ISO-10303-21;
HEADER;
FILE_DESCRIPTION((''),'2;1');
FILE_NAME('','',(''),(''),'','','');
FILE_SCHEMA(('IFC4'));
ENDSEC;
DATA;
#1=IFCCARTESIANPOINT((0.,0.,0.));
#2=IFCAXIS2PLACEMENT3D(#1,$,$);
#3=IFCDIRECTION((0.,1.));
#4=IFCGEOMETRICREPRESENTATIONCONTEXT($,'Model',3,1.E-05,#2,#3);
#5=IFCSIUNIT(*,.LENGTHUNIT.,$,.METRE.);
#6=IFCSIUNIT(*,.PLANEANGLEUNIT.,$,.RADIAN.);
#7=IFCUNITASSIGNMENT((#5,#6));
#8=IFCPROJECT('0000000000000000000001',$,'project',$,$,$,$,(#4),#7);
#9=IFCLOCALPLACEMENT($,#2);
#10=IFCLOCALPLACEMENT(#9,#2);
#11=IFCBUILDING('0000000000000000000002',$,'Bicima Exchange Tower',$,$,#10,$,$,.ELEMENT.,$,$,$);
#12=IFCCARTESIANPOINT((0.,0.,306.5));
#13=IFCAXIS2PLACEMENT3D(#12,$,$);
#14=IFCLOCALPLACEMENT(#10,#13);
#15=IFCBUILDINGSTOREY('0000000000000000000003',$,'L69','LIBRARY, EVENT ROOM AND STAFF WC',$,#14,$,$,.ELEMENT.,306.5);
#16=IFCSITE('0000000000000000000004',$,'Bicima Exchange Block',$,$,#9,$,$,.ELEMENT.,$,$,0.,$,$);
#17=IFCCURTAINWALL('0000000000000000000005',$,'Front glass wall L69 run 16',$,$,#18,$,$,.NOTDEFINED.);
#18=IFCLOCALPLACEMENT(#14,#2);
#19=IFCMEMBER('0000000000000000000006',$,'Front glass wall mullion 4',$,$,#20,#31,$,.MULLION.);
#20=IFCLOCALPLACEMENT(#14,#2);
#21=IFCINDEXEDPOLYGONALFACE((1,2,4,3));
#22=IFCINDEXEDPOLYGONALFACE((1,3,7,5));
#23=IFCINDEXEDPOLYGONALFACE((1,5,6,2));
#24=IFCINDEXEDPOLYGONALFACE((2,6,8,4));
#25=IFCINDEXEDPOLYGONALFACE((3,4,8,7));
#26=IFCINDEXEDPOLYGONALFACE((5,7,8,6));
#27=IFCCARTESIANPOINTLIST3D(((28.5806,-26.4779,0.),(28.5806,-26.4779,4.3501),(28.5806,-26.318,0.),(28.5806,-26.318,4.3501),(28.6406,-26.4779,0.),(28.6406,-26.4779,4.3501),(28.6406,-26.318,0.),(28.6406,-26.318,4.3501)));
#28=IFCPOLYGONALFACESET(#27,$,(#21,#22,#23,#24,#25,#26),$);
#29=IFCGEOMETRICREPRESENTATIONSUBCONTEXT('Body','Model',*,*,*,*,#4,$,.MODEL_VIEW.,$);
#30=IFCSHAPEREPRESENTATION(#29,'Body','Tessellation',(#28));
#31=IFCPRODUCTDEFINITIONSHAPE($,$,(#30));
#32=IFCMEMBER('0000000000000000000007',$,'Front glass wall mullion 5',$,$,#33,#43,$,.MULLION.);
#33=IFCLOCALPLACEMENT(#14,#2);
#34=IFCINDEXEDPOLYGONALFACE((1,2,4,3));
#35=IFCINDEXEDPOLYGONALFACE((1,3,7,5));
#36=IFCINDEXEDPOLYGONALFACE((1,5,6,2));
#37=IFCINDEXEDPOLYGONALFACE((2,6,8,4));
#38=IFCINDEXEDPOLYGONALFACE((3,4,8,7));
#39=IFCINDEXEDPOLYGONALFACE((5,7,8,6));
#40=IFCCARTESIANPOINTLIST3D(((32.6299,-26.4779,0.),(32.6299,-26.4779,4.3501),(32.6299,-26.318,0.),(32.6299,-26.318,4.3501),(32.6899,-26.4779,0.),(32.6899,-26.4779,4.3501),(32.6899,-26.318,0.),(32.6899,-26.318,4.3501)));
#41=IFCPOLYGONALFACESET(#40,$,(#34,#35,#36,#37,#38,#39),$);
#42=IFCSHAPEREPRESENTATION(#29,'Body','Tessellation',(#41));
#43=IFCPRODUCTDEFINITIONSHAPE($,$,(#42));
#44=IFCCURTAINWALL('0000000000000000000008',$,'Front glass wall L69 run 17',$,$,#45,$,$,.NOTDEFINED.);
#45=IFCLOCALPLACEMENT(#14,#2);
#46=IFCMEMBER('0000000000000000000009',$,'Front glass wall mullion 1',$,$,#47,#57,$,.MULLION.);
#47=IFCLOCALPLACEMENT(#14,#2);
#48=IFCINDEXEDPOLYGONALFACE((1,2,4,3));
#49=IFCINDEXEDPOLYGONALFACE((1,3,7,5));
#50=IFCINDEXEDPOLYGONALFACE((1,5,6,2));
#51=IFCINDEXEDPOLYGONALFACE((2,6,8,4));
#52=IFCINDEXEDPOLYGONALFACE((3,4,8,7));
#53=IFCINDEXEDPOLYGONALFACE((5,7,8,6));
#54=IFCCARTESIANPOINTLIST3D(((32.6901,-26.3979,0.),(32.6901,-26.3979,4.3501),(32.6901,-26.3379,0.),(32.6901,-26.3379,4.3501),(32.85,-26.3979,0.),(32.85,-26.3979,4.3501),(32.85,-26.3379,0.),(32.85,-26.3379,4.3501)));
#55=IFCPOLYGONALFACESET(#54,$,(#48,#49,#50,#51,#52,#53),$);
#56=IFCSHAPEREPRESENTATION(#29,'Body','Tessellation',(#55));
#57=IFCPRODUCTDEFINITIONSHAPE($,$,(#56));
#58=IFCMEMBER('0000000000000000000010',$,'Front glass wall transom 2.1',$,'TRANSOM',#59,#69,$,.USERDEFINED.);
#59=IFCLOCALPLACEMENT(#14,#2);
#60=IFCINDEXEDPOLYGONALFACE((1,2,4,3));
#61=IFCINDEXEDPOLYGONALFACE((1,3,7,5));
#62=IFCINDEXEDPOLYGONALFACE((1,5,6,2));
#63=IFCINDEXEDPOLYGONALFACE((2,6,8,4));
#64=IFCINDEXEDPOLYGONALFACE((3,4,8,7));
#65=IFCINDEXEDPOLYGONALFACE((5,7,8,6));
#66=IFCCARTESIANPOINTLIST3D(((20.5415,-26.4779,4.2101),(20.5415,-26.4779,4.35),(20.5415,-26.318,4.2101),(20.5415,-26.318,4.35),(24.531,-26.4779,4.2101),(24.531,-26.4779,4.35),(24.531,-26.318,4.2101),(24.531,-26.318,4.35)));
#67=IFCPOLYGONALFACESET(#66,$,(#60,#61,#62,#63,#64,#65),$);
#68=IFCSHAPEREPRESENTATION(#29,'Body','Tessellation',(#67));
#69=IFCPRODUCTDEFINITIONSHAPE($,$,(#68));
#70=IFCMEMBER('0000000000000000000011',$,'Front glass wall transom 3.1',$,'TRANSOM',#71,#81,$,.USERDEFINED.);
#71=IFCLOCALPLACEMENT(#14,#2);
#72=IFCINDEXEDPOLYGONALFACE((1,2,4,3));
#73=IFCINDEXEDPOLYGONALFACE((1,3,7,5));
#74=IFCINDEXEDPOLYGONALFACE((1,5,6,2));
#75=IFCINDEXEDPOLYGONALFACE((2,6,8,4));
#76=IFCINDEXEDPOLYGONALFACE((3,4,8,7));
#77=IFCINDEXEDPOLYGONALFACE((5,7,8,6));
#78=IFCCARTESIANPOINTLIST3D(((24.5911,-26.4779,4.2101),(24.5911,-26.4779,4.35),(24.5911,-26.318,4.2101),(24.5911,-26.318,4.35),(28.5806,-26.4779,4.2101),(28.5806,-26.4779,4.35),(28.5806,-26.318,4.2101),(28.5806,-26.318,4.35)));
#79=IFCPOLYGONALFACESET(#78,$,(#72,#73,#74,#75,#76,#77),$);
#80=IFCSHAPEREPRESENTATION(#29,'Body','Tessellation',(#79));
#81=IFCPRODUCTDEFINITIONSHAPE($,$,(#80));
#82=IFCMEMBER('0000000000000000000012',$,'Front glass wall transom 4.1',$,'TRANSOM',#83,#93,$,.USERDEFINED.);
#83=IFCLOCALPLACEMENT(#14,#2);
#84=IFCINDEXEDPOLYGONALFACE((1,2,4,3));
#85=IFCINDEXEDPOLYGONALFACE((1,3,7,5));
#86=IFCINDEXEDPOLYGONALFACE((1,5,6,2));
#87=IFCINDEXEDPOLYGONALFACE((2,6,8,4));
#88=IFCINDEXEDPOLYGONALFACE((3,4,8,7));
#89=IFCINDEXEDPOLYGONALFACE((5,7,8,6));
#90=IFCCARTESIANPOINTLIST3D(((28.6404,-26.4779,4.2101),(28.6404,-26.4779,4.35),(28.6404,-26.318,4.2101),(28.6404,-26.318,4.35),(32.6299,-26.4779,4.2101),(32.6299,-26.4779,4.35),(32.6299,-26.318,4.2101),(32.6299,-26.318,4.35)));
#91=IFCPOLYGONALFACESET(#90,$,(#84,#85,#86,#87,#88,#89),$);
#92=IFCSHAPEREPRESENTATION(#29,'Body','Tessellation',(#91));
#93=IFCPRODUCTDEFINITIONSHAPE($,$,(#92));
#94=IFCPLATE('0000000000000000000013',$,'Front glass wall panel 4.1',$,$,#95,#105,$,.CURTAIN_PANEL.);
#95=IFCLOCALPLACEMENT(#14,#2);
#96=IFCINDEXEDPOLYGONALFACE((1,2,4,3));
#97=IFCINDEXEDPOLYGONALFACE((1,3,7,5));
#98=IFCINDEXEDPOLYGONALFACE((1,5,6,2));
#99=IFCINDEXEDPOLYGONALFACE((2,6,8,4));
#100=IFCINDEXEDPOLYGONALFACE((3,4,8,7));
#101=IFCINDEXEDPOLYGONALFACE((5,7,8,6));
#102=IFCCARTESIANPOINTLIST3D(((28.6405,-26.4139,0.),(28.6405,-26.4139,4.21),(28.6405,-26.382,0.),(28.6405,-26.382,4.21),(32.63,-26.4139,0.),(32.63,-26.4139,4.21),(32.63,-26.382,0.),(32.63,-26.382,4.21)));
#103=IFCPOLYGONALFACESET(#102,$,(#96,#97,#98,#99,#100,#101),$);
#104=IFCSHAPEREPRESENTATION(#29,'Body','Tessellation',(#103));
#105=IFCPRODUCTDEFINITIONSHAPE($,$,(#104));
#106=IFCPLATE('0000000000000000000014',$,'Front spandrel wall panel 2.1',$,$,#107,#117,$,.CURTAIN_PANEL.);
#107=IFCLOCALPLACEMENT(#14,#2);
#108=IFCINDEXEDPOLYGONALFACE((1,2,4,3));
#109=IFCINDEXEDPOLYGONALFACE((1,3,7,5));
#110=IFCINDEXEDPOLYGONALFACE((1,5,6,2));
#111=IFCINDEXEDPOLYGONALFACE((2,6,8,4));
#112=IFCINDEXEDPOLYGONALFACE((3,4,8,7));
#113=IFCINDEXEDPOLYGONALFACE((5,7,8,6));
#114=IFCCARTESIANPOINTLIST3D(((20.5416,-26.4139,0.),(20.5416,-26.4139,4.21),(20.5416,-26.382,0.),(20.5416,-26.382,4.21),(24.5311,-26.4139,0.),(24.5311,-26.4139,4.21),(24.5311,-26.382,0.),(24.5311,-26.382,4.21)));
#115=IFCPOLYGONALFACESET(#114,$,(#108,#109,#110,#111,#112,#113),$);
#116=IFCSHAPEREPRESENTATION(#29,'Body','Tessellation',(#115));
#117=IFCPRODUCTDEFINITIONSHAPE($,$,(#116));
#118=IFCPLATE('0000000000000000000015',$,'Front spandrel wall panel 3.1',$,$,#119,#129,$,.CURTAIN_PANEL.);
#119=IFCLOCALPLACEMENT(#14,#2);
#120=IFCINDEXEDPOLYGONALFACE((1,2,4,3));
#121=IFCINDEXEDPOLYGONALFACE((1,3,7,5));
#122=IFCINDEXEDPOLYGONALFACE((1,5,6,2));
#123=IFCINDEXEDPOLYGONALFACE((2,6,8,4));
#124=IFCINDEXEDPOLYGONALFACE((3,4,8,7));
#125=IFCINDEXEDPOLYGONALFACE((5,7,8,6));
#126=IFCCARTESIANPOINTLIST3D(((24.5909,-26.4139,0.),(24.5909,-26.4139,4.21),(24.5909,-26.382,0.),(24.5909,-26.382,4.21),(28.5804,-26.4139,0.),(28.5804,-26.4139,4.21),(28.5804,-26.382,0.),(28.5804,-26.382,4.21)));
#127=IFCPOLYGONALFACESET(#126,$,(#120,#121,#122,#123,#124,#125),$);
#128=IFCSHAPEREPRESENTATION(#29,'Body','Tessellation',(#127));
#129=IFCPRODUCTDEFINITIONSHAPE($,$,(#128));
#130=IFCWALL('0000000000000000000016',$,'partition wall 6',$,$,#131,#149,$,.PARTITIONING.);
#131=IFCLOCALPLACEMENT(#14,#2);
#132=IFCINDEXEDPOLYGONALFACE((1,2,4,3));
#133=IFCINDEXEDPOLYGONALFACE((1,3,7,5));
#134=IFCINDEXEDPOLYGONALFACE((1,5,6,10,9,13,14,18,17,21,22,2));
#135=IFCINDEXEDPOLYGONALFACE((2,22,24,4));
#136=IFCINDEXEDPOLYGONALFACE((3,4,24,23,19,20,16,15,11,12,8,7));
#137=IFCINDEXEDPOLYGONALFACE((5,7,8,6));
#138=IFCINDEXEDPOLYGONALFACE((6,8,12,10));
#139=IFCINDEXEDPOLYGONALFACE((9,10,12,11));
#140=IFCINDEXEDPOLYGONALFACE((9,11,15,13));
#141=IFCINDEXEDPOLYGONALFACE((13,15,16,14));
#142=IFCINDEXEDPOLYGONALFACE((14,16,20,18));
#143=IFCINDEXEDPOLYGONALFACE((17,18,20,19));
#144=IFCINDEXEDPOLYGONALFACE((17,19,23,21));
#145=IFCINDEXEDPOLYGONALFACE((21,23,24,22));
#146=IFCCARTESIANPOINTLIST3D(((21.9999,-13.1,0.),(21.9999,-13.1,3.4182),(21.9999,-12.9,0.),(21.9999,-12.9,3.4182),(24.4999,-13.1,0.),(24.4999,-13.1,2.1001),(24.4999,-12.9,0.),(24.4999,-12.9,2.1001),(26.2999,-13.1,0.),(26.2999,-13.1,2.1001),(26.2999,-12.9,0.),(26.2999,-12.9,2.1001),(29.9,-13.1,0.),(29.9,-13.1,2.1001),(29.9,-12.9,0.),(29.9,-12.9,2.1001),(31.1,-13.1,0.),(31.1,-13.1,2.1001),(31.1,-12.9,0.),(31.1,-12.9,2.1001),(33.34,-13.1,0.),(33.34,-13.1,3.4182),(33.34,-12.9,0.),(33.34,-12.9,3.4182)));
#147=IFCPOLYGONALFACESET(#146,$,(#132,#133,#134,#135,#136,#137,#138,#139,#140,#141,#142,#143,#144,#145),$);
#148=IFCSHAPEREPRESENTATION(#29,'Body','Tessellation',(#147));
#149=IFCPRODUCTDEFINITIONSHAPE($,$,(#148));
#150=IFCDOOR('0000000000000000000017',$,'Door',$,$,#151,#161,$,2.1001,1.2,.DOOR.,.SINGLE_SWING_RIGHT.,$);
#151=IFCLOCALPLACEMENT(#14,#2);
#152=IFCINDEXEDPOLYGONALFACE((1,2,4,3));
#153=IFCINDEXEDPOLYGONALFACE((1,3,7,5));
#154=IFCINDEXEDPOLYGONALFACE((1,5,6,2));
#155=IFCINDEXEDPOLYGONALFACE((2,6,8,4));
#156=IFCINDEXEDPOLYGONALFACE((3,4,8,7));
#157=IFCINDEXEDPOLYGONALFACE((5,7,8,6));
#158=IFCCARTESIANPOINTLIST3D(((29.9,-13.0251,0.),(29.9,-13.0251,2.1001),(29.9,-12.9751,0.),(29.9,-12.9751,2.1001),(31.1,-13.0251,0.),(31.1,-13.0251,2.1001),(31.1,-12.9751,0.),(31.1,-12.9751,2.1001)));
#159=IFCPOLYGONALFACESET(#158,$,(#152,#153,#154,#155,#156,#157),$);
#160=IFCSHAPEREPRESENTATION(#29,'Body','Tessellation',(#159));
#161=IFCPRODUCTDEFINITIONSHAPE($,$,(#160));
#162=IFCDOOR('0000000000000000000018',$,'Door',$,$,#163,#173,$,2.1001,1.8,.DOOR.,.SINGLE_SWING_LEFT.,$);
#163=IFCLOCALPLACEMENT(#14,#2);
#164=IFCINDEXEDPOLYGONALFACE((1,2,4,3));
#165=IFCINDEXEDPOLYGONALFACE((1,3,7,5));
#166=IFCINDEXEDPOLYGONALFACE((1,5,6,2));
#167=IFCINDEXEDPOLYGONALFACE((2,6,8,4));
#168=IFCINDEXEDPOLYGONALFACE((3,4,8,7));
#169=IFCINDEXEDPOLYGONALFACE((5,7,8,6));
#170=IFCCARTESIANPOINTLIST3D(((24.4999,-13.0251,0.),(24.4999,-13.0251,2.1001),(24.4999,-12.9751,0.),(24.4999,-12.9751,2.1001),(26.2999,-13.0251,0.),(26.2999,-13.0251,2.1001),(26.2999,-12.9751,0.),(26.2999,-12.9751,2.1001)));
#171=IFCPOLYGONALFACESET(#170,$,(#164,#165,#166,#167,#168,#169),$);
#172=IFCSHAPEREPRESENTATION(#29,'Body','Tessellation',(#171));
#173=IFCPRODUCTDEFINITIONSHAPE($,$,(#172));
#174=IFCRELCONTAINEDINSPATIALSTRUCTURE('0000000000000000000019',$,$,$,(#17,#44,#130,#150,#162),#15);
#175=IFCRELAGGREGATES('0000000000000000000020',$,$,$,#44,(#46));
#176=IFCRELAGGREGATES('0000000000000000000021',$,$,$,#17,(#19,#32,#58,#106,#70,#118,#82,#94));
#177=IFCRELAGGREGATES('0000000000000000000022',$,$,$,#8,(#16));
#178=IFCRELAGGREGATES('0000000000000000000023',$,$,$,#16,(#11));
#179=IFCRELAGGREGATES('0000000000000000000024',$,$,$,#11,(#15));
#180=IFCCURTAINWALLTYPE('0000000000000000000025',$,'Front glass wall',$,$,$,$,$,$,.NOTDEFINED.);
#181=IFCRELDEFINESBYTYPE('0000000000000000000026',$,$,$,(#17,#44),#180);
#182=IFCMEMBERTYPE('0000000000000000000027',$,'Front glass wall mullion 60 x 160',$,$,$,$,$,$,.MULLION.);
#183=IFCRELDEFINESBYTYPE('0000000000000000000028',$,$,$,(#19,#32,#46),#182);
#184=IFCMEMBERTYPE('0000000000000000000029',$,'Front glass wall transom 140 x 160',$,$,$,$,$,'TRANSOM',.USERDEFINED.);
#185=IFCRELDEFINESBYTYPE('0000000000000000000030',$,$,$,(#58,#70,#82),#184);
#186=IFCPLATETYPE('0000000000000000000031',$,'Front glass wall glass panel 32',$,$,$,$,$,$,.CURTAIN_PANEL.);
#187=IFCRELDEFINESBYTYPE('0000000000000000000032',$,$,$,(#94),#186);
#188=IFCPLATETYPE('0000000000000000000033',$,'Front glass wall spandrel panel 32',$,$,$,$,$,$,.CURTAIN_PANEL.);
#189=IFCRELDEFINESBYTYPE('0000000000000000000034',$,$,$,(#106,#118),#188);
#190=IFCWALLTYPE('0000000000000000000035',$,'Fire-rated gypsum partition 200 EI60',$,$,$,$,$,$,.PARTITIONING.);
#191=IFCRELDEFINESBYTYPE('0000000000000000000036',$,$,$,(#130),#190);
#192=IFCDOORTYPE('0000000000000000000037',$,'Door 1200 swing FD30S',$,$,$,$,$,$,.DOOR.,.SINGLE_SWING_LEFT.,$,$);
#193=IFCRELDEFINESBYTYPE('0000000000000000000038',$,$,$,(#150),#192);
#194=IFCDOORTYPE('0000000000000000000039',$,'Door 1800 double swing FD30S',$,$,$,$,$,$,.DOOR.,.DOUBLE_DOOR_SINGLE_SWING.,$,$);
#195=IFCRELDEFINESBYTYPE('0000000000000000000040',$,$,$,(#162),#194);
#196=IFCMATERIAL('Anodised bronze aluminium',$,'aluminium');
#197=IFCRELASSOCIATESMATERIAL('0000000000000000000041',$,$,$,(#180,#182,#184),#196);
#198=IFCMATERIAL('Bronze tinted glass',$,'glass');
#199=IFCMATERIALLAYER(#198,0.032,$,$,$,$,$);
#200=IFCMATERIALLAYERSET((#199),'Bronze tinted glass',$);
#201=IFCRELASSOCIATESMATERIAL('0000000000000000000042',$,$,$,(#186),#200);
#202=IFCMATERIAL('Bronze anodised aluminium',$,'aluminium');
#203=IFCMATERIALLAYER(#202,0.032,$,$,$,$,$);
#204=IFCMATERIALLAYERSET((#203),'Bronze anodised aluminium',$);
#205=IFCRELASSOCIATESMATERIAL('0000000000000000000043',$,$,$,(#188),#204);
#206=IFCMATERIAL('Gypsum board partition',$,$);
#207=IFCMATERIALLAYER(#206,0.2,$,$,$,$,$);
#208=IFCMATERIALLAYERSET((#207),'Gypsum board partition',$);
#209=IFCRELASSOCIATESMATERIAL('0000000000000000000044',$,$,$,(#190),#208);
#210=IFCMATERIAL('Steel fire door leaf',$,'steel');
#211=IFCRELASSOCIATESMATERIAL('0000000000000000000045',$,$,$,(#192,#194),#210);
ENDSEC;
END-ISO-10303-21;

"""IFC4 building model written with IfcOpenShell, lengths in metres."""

from ifc_helpers import new_model, si_unit, direction, frame, frame_2d, origin, origin_2d, place, context, subcontext, project, spatial, rectangle, extrude, material, layer, layer_set, material_profile, profile_set, type_object, element, fill, aggregate, save


model = new_model("IFC4")

# Units and contexts
model_context = context("Model", 3, precision=1e-05, world=origin(), true_north=direction((0.0, 1.0)))
body_context = subcontext(model_context, "Body", "Model", "MODEL_VIEW")
ifc_project = project(units=[si_unit("LENGTHUNIT", "METRE"), si_unit("PLANEANGLEUNIT", "RADIAN")], contexts=[model_context])

# Site, building, storey
site_placement = place(None, origin())
site = spatial("IfcSite", under=ifc_project, at=site_placement, Name="Bicima Exchange Block", CompositionType="ELEMENT", RefElevation=0.0)
building_placement = place(site_placement, origin())
building = spatial("IfcBuilding", under=site, at=building_placement, Name="Bicima Exchange Tower", CompositionType="ELEMENT")
storey_placement = place(building_placement, frame((0.0, 0.0, 306.5)))
storey = spatial("IfcBuildingStorey", under=building, at=storey_placement, Name="L69", Description="LIBRARY, EVENT ROOM AND STAFF WC", CompositionType="ELEMENT", Elevation=306.5)

# Curtain wall, members
ifc_material_1 = material(Name="Anodised bronze aluminium", Category="aluminium")
curtain_wall_type = type_object("IfcCurtainWallType", Name="Front glass wall", PredefinedType="NOTDEFINED", material=ifc_material_1)
curtain_wall_1_placement = place(storey_placement, origin())
curtain_wall_1 = element("IfcCurtainWall", 1, at=curtain_wall_1_placement, inside=storey, type_object=curtain_wall_type, Name="Front glass wall L69 run 16", PredefinedType="NOTDEFINED")
ifc_material_profile_1 = material_profile(ifc_material_1, rectangle(XDim=0.1599, YDim=0.0601, at=origin_2d()))
ifc_profile_set_1 = profile_set([ifc_material_profile_1], Name="Anodised bronze aluminium")
member_type_1 = type_object("IfcMemberType", Name="Front glass wall mullion 60 x 160", PredefinedType="MULLION", material=ifc_profile_set_1)
member_1_placement = place(storey_placement, frame((28.6106, -26.3979, 0.0), z_axis=(0.0, 0.0, 1.0), x_axis=(0.0, 1.0, 0.0)))
member_1 = element("IfcMember", 2, at=member_1_placement, type_object=member_type_1, Name="Front glass wall mullion 4", PredefinedType="MULLION", context=body_context, shape_type="SweptSolid", body=[
    extrude(rectangle(XDim=0.1599, YDim=0.0601, at=origin_2d()), origin(), (0.0, 0.0, 1.0), 4.3501),
])
member_2_placement = place(storey_placement, frame((32.6599, -26.3979, 0.0), z_axis=(0.0, 0.0, 1.0), x_axis=(0.0, 1.0, 0.0)))
member_2 = element("IfcMember", 3, at=member_2_placement, type_object=member_type_1, Name="Front glass wall mullion 5", PredefinedType="MULLION", context=body_context, shape_type="SweptSolid", body=[
    extrude(rectangle(XDim=0.1599, YDim=0.0601, at=origin_2d()), origin(), (0.0, 0.0, 1.0), 4.3501),
])

# Curtain wall, member
curtain_wall_2_placement = place(storey_placement, origin())
curtain_wall_2 = element("IfcCurtainWall", 4, at=curtain_wall_2_placement, inside=storey, type_object=curtain_wall_type, Name="Front glass wall L69 run 17", PredefinedType="NOTDEFINED")
member_3_placement = place(storey_placement, frame((32.77, -26.3679, 0.0), z_axis=(0.0, 0.0, 1.0), x_axis=(-1.0, 0.0, 0.0)))
member_3 = element("IfcMember", 5, at=member_3_placement, type_object=member_type_1, Name="Front glass wall mullion 1", PredefinedType="MULLION", context=body_context, shape_type="SweptSolid", body=[
    extrude(rectangle(XDim=0.1599, YDim=0.0601, at=origin_2d()), origin(), (0.0, 0.0, 1.0), 4.3501),
])
aggregate(curtain_wall_2, [member_3])

# Members
ifc_material_profile_2 = material_profile(ifc_material_1, rectangle(XDim=0.1599, YDim=0.1399, at=origin_2d()))
ifc_profile_set_2 = profile_set([ifc_material_profile_2], Name="Anodised bronze aluminium")
member_type_2 = type_object("IfcMemberType", Name="Front glass wall transom 140 x 160", ElementType="TRANSOM", PredefinedType="USERDEFINED", material=ifc_profile_set_2)
member_4_placement = place(storey_placement, frame((20.5415, -26.3979, 4.28), z_axis=(1.0, 0.0, 0.0), x_axis=(0.0, 1.0, 0.0)))
member_4 = element("IfcMember", 6, at=member_4_placement, type_object=member_type_2, Name="Front glass wall transom 2.1", ObjectType="TRANSOM", PredefinedType="USERDEFINED", context=body_context, shape_type="SweptSolid", body=[
    extrude(rectangle(XDim=0.1599, YDim=0.1399, at=origin_2d()), origin(), (0.0, 0.0, 1.0), 3.9895),
])
member_5_placement = place(storey_placement, frame((24.5911, -26.3979, 4.28), z_axis=(1.0, 0.0, 0.0), x_axis=(0.0, 1.0, 0.0)))
member_5 = element("IfcMember", 7, at=member_5_placement, type_object=member_type_2, Name="Front glass wall transom 3.1", ObjectType="TRANSOM", PredefinedType="USERDEFINED", context=body_context, shape_type="SweptSolid", body=[
    extrude(rectangle(XDim=0.1599, YDim=0.1399, at=origin_2d()), origin(), (0.0, 0.0, 1.0), 3.9895),
])
member_6_placement = place(storey_placement, frame((28.6404, -26.3979, 4.28), z_axis=(1.0, 0.0, 0.0), x_axis=(0.0, 1.0, 0.0)))
member_6 = element("IfcMember", 8, at=member_6_placement, type_object=member_type_2, Name="Front glass wall transom 4.1", ObjectType="TRANSOM", PredefinedType="USERDEFINED", context=body_context, shape_type="SweptSolid", body=[
    extrude(rectangle(XDim=0.1599, YDim=0.1399, at=origin_2d()), origin(), (0.0, 0.0, 1.0), 3.9895),
])

# Plates
ifc_material_2 = material(Name="Bronze tinted glass", Category="glass")
ifc_layer_1 = layer(ifc_material_2, 0.032)
ifc_layer_set_1 = layer_set([ifc_layer_1], Name="Bronze tinted glass")
plate_type_1 = type_object("IfcPlateType", Name="Front glass wall glass panel 32", PredefinedType="CURTAIN_PANEL", material=ifc_layer_set_1)
plate_1_placement = place(storey_placement, frame((30.6353, -26.3979, 0.0), z_axis=(0.0, 0.0, 1.0), x_axis=(1.0, 0.0, 0.0)))
plate_1 = element("IfcPlate", 9, at=plate_1_placement, type_object=plate_type_1, Name="Front glass wall panel 4.1", PredefinedType="CURTAIN_PANEL", context=body_context, shape_type="SweptSolid", body=[
    extrude(rectangle(XDim=3.9895, YDim=0.032, at=origin_2d()), origin(), (0.0, 0.0, 1.0), 4.21),
])
ifc_material_3 = material(Name="Bronze anodised aluminium", Category="aluminium")
ifc_layer_2 = layer(ifc_material_3, 0.032)
ifc_layer_set_2 = layer_set([ifc_layer_2], Name="Bronze anodised aluminium")
plate_type_2 = type_object("IfcPlateType", Name="Front glass wall spandrel panel 32", PredefinedType="CURTAIN_PANEL", material=ifc_layer_set_2)
plate_2_placement = place(storey_placement, frame((22.5364, -26.3979, 0.0), z_axis=(0.0, 0.0, 1.0), x_axis=(1.0, 0.0, 0.0)))
plate_2 = element("IfcPlate", 10, at=plate_2_placement, type_object=plate_type_2, Name="Front spandrel wall panel 2.1", PredefinedType="CURTAIN_PANEL", context=body_context, shape_type="SweptSolid", body=[
    extrude(rectangle(XDim=3.9895, YDim=0.032, at=origin_2d()), origin(), (0.0, 0.0, 1.0), 4.21),
])
plate_3_placement = place(storey_placement, frame((26.5857, -26.3979, 0.0), z_axis=(0.0, 0.0, 1.0), x_axis=(1.0, 0.0, 0.0)))
plate_3 = element("IfcPlate", 11, at=plate_3_placement, type_object=plate_type_2, Name="Front spandrel wall panel 3.1", PredefinedType="CURTAIN_PANEL", context=body_context, shape_type="SweptSolid", body=[
    extrude(rectangle(XDim=3.9895, YDim=0.032, at=origin_2d()), origin(), (0.0, 0.0, 1.0), 4.21),
])
aggregate(curtain_wall_1, [member_1, member_2, member_4, plate_2, member_5, plate_3, member_6, plate_1])

# Wall, openings, doors
ifc_material_4 = material(Name="Gypsum board partition")
ifc_layer_3 = layer(ifc_material_4, 0.2)
ifc_layer_set_3 = layer_set([ifc_layer_3], Name="Gypsum board partition")
wall_type_1 = type_object("IfcWallType", Name="Fire-rated gypsum partition 200 EI60", PredefinedType="PARTITIONING", material=ifc_layer_set_3)
wall_1_placement = place(storey_placement, frame((22.0, -13.0, 0.0), z_axis=(0.0, 0.0, 1.0), x_axis=(1.0, 0.0, 0.0)))
wall_1 = element("IfcWall", 12, at=wall_1_placement, inside=storey, type_object=wall_type_1, Name="partition wall 6", PredefinedType="PARTITIONING", context=body_context, shape_type="SweptSolid", body=[
    extrude(rectangle(XDim=11.3401, YDim=0.2, at=frame_2d((5.6699, 0.0))), origin(), (0.0, 0.0, 1.0), 3.4182),
])
opening_1_placement = place(wall_1_placement, frame((7.8999, 0.0, 0.0)))
opening_1 = element("IfcOpeningElement", 13, at=opening_1_placement, cuts=wall_1, PredefinedType="OPENING", context=body_context, shape_type="SweptSolid", body=[
    extrude(rectangle(XDim=1.2, YDim=2.1001, at=frame_2d((0.6001, 1.05))), frame((0.0, 0.1118, 0.0), z_axis=(0.0, -1.0, 0.0), x_axis=(1.0, 0.0, 0.0)), (0.0, 0.0, 1.0), 0.2239),
])
opening_2_placement = place(wall_1_placement, frame((2.5, 0.0, 0.0)))
opening_2 = element("IfcOpeningElement", 14, at=opening_2_placement, cuts=wall_1, PredefinedType="OPENING", context=body_context, shape_type="SweptSolid", body=[
    extrude(rectangle(XDim=1.8, YDim=2.1001, at=frame_2d((0.8999, 1.05))), frame((0.0, 0.1118, 0.0), z_axis=(0.0, -1.0, 0.0), x_axis=(1.0, 0.0, 0.0)), (0.0, 0.0, 1.0), 0.2239),
])
ifc_material_5 = material(Name="Steel fire door leaf", Category="steel")
door_type_1 = type_object("IfcDoorType", Name="Door 1200 swing FD30S", OperationType="SINGLE_SWING_LEFT", PredefinedType="DOOR", material=ifc_material_5)
door_1_placement = place(opening_1_placement, origin())
door_1 = element("IfcDoor", 15, at=door_1_placement, inside=storey, type_object=door_type_1, Name="Door", OperationType="SINGLE_SWING_RIGHT", OverallHeight=2.1001, OverallWidth=1.2, PredefinedType="DOOR", context=body_context, shape_type="SweptSolid", body=[
    extrude(rectangle(XDim=1.2, YDim=2.1001, at=frame_2d((0.6001, 1.05))), frame((0.0, 0.0249, 0.0), z_axis=(0.0, -1.0, 0.0), x_axis=(1.0, 0.0, 0.0)), (0.0, 0.0, 1.0), 0.05),
])
fill(opening_1, door_1)
door_type_2 = type_object("IfcDoorType", Name="Door 1800 double swing FD30S", OperationType="DOUBLE_DOOR_SINGLE_SWING", PredefinedType="DOOR", material=ifc_material_5)
door_2_placement = place(opening_2_placement, origin())
door_2 = element("IfcDoor", 16, at=door_2_placement, inside=storey, type_object=door_type_2, Name="Door", OperationType="SINGLE_SWING_LEFT", OverallHeight=2.1001, OverallWidth=1.8, PredefinedType="DOOR", context=body_context, shape_type="SweptSolid", body=[
    extrude(rectangle(XDim=1.8, YDim=2.1001, at=frame_2d((0.8999, 1.05))), frame((0.0, 0.0249, 0.0), z_axis=(0.0, -1.0, 0.0), x_axis=(1.0, 0.0, 0.0)), (0.0, 0.0, 1.0), 0.05),
])
fill(opening_2, door_2)

save(model, "model.ifc")
